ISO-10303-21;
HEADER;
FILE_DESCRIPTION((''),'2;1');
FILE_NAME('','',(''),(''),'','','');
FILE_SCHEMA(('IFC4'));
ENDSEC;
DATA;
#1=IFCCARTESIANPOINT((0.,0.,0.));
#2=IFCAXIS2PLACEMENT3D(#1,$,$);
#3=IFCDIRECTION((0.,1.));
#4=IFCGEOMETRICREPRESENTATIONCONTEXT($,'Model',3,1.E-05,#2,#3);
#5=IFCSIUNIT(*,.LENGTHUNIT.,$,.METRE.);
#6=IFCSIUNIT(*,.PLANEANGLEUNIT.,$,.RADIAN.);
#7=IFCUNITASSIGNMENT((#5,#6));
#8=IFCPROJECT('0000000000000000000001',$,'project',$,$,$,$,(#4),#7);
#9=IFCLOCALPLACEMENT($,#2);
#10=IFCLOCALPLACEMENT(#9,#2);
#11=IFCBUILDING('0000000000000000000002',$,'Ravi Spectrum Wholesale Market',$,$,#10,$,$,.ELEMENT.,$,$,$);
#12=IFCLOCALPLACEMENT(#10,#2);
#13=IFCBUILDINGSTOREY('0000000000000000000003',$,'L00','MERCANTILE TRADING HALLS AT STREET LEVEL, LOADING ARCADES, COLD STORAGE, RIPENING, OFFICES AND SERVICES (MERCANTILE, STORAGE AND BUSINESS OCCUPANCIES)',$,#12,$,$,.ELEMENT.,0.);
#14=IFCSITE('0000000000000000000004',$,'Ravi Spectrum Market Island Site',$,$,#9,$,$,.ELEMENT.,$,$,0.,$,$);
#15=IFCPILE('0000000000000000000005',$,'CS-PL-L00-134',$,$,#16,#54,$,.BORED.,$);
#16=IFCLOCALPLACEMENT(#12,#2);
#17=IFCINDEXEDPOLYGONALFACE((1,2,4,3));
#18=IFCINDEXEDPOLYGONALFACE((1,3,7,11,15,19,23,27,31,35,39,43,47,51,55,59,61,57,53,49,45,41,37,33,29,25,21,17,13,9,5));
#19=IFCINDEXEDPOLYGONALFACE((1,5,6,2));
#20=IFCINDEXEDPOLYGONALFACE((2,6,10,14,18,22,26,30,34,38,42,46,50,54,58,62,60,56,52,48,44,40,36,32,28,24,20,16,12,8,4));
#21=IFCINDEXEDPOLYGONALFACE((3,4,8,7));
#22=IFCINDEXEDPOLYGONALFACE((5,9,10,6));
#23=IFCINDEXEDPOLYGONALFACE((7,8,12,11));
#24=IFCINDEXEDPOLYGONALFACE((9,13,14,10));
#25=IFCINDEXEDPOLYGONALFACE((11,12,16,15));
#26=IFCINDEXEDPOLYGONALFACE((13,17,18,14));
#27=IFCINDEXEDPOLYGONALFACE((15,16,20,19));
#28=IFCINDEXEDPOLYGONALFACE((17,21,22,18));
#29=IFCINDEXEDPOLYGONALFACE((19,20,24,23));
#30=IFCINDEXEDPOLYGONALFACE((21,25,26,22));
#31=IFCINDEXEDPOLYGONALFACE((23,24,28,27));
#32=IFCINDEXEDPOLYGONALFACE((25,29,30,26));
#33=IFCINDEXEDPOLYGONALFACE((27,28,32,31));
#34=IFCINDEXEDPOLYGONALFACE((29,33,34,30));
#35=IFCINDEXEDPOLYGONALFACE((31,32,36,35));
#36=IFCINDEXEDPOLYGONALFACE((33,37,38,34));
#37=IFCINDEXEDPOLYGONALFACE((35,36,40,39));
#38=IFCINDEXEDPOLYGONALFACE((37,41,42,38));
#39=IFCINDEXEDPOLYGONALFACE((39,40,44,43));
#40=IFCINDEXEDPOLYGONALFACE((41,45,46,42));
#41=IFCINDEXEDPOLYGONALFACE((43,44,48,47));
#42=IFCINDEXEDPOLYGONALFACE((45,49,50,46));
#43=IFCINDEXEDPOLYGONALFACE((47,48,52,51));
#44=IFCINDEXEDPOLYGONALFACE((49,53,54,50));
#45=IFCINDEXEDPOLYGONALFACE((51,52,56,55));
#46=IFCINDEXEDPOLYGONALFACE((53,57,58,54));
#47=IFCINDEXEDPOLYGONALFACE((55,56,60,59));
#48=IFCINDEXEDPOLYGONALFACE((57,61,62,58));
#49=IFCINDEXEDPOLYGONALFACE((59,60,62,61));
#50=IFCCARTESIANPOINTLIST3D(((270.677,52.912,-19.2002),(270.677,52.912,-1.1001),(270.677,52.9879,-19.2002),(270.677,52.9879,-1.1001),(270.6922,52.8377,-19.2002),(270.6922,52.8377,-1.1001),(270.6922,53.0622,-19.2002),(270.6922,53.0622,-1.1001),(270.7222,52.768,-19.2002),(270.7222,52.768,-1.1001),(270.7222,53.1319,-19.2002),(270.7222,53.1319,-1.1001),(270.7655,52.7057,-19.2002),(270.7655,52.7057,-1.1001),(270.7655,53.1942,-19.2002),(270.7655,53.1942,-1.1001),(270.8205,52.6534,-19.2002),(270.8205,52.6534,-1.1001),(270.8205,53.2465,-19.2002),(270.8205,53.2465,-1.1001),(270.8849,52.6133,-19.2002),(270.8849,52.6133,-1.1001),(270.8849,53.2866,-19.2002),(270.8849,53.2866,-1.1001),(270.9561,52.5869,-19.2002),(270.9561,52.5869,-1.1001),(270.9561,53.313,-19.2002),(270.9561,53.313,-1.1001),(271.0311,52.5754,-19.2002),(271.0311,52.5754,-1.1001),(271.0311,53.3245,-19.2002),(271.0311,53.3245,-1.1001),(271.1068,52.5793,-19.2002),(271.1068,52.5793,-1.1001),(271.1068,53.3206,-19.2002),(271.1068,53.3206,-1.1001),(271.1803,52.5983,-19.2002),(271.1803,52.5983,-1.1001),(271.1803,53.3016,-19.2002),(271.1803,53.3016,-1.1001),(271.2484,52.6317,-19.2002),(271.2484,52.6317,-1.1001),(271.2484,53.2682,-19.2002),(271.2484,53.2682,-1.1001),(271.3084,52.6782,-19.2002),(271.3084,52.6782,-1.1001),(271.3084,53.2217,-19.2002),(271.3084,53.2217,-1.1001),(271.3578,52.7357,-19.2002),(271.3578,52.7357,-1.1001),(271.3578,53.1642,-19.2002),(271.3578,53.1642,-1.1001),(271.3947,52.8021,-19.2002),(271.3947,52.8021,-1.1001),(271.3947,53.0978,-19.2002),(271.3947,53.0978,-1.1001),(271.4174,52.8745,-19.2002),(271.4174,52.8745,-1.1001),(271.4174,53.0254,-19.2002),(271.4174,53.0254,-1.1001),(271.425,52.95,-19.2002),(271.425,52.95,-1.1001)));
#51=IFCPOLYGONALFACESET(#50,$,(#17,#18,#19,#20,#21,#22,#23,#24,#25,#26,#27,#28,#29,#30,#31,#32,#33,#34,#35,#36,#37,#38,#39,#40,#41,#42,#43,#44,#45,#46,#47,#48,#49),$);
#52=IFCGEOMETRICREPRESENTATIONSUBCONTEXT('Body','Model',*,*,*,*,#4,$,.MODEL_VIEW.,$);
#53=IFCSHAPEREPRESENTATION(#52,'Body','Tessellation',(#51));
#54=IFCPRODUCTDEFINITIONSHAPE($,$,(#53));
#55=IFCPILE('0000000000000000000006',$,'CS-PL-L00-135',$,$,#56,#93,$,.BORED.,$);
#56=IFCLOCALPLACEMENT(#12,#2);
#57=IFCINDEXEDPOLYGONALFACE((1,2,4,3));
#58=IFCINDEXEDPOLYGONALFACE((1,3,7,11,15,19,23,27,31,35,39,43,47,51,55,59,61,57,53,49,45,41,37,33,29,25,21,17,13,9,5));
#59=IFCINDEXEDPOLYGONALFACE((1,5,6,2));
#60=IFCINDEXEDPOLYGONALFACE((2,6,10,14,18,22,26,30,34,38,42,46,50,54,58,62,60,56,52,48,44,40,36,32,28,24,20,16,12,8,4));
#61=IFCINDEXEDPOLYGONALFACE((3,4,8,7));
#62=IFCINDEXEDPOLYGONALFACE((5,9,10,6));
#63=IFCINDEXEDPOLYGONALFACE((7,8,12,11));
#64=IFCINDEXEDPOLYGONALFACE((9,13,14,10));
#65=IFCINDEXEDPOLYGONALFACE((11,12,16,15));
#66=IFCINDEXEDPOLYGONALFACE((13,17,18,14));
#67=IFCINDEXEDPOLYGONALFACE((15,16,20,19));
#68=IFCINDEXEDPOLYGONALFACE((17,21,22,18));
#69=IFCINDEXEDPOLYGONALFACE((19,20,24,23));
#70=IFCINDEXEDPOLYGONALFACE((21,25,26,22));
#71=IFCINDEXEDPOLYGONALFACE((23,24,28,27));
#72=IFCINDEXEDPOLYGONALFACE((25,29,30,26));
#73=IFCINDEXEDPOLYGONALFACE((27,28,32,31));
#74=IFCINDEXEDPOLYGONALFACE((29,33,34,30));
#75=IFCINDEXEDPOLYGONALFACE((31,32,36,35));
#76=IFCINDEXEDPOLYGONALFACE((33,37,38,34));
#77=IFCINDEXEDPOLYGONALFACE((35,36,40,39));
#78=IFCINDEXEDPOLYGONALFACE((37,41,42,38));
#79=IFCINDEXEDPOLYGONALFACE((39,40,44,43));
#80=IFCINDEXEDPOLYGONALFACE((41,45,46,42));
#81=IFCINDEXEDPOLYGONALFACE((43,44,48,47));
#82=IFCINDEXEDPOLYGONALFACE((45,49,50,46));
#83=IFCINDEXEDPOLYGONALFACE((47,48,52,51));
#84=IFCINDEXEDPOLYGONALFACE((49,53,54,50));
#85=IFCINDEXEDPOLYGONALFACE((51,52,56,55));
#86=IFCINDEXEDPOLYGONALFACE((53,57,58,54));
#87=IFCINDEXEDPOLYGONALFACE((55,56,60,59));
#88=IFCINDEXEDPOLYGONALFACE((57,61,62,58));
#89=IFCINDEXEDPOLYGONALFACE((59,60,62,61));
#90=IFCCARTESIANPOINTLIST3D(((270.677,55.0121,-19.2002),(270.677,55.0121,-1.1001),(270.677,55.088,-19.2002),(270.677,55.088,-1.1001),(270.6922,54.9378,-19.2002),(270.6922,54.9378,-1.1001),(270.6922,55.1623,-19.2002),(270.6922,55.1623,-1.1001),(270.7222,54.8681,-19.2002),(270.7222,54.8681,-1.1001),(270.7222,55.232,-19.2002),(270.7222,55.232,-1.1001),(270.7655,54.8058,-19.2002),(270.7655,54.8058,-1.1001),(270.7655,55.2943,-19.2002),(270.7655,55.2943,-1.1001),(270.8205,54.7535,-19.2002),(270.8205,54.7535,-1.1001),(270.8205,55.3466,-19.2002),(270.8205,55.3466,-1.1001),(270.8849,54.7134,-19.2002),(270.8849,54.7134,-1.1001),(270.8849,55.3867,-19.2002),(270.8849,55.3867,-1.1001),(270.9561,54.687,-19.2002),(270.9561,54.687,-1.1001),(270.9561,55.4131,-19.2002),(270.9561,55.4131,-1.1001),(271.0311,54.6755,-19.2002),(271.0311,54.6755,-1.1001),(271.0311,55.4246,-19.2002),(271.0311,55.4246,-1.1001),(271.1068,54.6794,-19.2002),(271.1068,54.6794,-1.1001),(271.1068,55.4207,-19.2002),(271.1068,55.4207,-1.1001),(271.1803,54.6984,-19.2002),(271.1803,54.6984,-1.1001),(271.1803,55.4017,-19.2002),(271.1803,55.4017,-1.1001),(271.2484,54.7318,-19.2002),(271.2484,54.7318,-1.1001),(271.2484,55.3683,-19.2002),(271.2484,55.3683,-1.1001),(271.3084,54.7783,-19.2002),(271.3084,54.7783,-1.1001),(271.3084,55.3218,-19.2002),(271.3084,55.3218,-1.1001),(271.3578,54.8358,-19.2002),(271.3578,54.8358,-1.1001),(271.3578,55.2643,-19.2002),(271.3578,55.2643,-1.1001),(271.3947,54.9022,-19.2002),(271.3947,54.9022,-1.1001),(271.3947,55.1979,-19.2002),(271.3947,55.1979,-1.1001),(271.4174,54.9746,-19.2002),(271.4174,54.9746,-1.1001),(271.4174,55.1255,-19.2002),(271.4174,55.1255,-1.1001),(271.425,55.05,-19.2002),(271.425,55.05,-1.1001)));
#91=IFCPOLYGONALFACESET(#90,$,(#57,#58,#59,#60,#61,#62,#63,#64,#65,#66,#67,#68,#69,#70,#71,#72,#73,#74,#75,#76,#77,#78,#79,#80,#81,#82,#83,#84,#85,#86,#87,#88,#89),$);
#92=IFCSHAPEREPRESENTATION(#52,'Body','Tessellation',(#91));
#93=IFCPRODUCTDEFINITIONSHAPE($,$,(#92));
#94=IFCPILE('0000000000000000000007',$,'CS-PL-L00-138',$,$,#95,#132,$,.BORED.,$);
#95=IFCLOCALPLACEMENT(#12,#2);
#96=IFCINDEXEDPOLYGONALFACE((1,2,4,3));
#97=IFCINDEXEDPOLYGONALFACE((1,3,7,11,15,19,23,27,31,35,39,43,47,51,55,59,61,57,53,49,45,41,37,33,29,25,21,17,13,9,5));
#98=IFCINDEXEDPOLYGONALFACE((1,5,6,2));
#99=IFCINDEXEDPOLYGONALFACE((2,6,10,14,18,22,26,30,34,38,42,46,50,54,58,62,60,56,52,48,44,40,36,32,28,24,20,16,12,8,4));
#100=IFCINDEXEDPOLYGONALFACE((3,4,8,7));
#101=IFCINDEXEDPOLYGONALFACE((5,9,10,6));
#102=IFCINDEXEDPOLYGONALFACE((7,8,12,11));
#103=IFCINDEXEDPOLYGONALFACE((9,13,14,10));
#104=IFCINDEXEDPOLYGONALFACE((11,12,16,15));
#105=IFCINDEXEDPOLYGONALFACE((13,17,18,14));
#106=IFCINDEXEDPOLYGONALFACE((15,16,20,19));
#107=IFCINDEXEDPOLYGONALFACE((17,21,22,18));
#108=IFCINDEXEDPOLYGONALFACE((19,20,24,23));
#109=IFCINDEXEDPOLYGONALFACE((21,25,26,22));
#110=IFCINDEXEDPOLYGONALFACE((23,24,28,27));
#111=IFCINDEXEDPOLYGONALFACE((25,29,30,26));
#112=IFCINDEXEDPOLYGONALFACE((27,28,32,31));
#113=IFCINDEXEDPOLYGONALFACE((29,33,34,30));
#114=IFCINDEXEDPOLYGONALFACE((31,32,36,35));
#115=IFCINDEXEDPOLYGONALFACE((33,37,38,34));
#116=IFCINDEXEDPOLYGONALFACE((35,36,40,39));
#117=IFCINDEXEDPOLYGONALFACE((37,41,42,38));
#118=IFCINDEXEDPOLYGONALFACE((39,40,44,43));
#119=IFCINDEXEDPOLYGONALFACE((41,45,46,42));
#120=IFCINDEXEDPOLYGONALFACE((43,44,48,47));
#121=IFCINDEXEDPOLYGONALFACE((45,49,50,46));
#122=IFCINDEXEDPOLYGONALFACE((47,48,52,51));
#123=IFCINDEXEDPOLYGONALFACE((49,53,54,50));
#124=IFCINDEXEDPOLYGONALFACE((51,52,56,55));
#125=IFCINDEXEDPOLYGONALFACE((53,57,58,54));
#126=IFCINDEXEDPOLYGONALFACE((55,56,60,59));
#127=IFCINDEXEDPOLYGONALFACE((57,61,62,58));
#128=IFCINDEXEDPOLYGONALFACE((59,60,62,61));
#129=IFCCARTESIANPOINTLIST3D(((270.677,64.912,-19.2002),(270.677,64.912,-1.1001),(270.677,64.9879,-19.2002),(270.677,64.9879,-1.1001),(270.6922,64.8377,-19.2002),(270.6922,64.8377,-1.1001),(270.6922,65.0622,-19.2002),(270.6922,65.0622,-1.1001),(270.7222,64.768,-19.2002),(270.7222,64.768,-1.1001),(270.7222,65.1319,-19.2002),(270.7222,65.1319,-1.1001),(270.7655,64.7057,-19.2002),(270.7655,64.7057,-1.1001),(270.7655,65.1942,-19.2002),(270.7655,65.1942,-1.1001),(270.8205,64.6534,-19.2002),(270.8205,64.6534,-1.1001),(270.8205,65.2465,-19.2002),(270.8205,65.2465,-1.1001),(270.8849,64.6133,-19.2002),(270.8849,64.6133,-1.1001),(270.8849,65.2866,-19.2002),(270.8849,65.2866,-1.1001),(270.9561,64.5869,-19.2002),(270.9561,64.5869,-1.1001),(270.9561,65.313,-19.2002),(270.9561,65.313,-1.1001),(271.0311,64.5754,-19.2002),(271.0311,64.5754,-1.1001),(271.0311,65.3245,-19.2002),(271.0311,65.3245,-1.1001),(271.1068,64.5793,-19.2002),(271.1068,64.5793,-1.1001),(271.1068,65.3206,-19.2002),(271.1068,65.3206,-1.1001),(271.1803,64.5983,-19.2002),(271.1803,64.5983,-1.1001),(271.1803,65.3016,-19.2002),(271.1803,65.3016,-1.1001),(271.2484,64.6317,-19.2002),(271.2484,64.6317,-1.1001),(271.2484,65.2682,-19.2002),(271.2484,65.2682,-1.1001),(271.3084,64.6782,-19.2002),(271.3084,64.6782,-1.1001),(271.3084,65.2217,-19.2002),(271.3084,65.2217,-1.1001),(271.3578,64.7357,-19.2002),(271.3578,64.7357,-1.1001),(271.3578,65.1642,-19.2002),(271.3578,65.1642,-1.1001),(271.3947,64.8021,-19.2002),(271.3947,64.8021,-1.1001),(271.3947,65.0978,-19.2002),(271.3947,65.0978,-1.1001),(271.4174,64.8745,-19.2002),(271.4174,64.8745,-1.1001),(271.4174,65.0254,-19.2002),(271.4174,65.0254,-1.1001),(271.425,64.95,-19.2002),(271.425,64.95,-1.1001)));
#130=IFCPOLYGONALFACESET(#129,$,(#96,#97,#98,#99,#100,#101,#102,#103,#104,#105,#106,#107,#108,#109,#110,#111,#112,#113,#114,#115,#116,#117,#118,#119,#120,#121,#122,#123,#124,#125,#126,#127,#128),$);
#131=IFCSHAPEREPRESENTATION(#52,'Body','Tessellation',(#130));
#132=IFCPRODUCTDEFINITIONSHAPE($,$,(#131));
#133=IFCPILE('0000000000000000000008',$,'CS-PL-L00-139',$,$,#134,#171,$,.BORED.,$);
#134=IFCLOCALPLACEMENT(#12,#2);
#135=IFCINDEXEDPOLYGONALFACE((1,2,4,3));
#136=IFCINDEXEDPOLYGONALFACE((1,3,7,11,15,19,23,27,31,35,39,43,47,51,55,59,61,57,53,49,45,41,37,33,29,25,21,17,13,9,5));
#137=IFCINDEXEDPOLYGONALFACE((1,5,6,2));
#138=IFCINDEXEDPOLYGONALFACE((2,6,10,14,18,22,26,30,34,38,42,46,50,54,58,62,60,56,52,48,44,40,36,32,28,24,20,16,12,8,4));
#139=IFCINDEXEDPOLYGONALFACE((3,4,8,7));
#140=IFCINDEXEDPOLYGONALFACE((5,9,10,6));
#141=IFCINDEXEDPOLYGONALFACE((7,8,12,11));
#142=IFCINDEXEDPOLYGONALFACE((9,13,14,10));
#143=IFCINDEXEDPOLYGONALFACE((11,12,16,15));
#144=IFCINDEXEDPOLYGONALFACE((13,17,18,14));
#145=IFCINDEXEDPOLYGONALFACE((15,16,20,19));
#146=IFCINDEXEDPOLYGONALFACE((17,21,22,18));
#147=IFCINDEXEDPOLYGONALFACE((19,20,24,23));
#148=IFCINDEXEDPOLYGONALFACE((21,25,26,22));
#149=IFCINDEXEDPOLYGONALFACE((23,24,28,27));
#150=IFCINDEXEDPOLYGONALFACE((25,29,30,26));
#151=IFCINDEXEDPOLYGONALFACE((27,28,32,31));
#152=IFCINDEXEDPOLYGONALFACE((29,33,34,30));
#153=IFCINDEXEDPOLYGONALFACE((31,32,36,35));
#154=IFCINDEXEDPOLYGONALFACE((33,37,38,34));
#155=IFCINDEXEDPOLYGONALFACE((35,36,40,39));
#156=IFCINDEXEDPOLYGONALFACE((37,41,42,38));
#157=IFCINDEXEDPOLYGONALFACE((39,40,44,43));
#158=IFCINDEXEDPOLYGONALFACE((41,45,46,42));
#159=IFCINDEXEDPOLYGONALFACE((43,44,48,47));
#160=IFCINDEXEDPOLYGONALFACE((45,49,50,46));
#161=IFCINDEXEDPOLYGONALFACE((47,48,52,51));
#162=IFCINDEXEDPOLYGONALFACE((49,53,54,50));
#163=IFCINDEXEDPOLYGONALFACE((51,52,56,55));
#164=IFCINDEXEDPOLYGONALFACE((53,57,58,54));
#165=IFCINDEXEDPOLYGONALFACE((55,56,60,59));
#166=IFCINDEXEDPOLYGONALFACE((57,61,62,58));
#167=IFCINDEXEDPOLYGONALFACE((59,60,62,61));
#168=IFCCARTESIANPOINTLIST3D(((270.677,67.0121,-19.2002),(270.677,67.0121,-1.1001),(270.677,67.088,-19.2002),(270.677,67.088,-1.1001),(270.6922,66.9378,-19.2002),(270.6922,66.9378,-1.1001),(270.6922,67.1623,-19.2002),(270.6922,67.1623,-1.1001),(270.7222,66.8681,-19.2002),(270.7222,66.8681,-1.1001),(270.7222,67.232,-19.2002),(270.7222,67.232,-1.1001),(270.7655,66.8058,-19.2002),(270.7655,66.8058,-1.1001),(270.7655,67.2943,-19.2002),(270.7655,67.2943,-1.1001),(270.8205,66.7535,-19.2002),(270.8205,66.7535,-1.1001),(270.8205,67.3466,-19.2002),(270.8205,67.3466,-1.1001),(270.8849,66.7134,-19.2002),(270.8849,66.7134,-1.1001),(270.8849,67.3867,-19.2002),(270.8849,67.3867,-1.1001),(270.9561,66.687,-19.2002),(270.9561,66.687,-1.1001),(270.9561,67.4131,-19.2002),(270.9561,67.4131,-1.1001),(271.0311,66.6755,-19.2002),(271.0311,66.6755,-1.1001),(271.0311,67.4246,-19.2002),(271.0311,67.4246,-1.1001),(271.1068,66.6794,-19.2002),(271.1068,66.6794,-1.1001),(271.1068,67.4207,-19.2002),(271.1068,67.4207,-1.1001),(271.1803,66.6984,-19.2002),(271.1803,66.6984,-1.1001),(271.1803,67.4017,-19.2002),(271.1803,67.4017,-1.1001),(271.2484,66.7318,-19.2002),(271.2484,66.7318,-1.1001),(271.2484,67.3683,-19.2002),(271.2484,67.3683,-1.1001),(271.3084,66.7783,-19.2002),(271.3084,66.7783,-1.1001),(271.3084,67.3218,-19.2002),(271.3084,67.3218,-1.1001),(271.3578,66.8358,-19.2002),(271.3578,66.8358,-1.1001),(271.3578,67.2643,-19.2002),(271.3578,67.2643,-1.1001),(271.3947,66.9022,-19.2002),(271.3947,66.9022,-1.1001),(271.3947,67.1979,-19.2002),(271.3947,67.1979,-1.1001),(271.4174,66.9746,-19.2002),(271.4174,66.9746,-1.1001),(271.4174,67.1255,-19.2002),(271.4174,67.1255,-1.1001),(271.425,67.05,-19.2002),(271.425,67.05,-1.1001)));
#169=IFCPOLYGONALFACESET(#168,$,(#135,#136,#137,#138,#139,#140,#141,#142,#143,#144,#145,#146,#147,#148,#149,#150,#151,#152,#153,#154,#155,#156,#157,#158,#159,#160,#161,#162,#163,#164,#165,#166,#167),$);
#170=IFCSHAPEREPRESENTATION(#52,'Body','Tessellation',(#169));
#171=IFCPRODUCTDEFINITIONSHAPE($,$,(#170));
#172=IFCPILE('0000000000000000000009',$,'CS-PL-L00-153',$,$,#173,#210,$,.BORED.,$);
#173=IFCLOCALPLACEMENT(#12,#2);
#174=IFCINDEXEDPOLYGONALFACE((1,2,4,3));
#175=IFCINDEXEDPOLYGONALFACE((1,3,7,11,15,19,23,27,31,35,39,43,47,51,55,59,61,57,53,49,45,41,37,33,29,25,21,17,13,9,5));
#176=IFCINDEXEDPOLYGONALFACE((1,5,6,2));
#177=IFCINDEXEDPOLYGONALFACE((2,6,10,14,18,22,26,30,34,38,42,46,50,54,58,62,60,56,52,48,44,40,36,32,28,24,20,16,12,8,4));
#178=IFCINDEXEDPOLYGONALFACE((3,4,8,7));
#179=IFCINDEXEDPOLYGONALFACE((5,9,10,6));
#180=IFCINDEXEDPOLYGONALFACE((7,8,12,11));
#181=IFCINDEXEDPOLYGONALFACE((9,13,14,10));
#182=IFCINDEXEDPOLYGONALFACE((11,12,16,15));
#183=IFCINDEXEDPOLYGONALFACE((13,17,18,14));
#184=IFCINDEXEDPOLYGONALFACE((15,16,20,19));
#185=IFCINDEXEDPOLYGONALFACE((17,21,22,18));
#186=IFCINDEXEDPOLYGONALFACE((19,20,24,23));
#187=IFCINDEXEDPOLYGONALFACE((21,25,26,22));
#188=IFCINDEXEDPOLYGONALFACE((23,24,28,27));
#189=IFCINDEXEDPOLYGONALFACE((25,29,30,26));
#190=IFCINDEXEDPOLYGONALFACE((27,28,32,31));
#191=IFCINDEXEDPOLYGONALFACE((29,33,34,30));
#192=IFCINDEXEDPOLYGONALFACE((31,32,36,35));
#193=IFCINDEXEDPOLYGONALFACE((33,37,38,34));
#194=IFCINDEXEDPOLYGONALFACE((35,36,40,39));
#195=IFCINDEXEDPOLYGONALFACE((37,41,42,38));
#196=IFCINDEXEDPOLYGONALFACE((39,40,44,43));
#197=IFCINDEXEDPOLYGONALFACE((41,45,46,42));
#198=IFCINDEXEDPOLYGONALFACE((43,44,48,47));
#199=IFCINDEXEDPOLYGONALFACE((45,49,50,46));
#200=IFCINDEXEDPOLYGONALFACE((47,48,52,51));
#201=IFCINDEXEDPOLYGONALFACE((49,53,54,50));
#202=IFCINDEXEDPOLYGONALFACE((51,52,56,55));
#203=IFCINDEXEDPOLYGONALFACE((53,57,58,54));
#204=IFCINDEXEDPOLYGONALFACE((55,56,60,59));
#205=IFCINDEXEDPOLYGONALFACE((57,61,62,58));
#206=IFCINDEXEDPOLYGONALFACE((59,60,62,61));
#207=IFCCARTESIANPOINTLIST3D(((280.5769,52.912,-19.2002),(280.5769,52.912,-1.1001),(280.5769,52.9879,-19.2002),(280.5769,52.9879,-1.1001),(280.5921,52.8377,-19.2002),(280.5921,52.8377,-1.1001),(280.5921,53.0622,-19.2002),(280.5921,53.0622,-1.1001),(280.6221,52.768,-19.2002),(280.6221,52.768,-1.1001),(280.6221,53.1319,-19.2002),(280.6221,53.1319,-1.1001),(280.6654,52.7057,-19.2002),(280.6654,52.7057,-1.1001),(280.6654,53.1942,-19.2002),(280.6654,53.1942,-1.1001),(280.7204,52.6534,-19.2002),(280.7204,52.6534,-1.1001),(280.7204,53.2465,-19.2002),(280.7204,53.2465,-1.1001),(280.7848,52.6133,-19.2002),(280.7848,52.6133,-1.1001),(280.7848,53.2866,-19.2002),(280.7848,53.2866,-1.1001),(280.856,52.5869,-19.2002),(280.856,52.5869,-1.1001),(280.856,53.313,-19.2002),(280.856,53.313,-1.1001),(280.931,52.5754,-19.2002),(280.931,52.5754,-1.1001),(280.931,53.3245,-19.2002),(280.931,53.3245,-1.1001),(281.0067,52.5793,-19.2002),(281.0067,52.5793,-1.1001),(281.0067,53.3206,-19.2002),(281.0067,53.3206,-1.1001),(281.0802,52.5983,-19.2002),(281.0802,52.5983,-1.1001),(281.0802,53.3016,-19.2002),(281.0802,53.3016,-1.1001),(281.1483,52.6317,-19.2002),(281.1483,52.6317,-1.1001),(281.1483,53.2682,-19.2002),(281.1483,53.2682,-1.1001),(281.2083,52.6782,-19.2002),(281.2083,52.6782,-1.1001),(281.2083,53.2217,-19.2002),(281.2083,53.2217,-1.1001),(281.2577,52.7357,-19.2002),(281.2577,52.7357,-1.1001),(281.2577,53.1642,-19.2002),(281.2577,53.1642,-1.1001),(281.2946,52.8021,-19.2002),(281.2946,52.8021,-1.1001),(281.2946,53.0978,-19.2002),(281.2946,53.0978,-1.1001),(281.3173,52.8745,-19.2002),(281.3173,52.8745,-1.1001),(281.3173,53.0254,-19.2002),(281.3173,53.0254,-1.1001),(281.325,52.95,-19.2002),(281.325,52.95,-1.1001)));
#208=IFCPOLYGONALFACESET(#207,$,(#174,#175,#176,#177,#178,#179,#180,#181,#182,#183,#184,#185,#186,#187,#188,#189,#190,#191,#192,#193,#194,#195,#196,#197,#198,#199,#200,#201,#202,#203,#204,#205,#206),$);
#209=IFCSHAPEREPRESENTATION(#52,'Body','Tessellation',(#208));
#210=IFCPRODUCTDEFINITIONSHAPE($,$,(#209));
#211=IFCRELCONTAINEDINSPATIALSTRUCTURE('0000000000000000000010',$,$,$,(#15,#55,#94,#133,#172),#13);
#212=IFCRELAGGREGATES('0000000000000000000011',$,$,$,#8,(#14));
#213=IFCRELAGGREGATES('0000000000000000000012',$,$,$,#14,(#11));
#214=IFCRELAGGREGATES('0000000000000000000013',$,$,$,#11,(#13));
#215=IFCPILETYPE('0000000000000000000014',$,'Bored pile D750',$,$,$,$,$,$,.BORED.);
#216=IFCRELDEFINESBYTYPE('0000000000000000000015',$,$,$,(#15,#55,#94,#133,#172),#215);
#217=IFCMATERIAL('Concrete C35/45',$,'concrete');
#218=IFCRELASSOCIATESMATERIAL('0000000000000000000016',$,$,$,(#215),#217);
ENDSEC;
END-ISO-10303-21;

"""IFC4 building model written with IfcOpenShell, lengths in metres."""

from ifc_helpers import new_model, si_unit, direction, frame, origin, origin_2d, place, context, subcontext, project, spatial, circle, extrude, material, material_profile, profile_set, type_object, element, save


model = new_model("IFC4")

# Units and contexts
model_context = context("Model", 3, precision=1e-05, world=origin(), true_north=direction((0.0, 1.0)))
body_context = subcontext(model_context, "Body", "Model", "MODEL_VIEW")
ifc_project = project(units=[si_unit("LENGTHUNIT", "METRE"), si_unit("PLANEANGLEUNIT", "RADIAN")], contexts=[model_context])

# Site, building, storey
site_placement = place(None, origin())
site = spatial("IfcSite", under=ifc_project, at=site_placement, Name="Ravi Spectrum Market Island Site", CompositionType="ELEMENT", RefElevation=0.0)
building_placement = place(site_placement, origin())
building = spatial("IfcBuilding", under=site, at=building_placement, Name="Ravi Spectrum Wholesale Market", CompositionType="ELEMENT")
storey_placement = place(building_placement, origin())
storey = spatial("IfcBuildingStorey", under=building, at=storey_placement, Name="L00", Description="MERCANTILE TRADING HALLS AT STREET LEVEL, LOADING ARCADES, COLD STORAGE, RIPENING, OFFICES AND SERVICES (MERCANTILE, STORAGE AND BUSINESS OCCUPANCIES)", CompositionType="ELEMENT", Elevation=0.0)

# Piles
ifc_material_1 = material(Name="Concrete C35/45", Category="concrete")
ifc_material_profile_1 = material_profile(ifc_material_1, circle(Radius=0.375, at=origin_2d()))
ifc_profile_set_1 = profile_set([ifc_material_profile_1], Name="Concrete C35/45")
pile_type = type_object("IfcPileType", Name="Bored pile D750", PredefinedType="BORED", material=ifc_profile_set_1)
for number, where, z_axis, x_axis, name in (
    (1, (271.05, 52.95, -1.1001), (0.0, 0.0, -1.0), (1.0, 0.0, 0.0), "CS-PL-L00-134"),
    (2, (271.05, 55.05, -1.1001), (0.0, 0.0, -1.0), (1.0, 0.0, 0.0), "CS-PL-L00-135"),
    (3, (271.05, 64.95, -1.1001), (0.0, 0.0, -1.0), (1.0, 0.0, 0.0), "CS-PL-L00-138"),
    (4, (271.05, 67.05, -1.1001), (0.0, 0.0, -1.0), (1.0, 0.0, 0.0), "CS-PL-L00-139"),
    (5, (280.95, 52.95, -1.1001), (0.0, 0.0, -1.0), (1.0, 0.0, 0.0), "CS-PL-L00-153"),
):
    element("IfcPile", number, at=place(storey_placement, frame(where, z_axis=z_axis, x_axis=x_axis)), inside=storey, type_object=pile_type, Name=name, PredefinedType="BORED", context=body_context, shape_type="SweptSolid", body=[
        extrude(circle(Radius=0.375, at=origin_2d()), origin(), (0.0, 0.0, 1.0), 18.1001),
    ])

save(model, "model.ifc")
